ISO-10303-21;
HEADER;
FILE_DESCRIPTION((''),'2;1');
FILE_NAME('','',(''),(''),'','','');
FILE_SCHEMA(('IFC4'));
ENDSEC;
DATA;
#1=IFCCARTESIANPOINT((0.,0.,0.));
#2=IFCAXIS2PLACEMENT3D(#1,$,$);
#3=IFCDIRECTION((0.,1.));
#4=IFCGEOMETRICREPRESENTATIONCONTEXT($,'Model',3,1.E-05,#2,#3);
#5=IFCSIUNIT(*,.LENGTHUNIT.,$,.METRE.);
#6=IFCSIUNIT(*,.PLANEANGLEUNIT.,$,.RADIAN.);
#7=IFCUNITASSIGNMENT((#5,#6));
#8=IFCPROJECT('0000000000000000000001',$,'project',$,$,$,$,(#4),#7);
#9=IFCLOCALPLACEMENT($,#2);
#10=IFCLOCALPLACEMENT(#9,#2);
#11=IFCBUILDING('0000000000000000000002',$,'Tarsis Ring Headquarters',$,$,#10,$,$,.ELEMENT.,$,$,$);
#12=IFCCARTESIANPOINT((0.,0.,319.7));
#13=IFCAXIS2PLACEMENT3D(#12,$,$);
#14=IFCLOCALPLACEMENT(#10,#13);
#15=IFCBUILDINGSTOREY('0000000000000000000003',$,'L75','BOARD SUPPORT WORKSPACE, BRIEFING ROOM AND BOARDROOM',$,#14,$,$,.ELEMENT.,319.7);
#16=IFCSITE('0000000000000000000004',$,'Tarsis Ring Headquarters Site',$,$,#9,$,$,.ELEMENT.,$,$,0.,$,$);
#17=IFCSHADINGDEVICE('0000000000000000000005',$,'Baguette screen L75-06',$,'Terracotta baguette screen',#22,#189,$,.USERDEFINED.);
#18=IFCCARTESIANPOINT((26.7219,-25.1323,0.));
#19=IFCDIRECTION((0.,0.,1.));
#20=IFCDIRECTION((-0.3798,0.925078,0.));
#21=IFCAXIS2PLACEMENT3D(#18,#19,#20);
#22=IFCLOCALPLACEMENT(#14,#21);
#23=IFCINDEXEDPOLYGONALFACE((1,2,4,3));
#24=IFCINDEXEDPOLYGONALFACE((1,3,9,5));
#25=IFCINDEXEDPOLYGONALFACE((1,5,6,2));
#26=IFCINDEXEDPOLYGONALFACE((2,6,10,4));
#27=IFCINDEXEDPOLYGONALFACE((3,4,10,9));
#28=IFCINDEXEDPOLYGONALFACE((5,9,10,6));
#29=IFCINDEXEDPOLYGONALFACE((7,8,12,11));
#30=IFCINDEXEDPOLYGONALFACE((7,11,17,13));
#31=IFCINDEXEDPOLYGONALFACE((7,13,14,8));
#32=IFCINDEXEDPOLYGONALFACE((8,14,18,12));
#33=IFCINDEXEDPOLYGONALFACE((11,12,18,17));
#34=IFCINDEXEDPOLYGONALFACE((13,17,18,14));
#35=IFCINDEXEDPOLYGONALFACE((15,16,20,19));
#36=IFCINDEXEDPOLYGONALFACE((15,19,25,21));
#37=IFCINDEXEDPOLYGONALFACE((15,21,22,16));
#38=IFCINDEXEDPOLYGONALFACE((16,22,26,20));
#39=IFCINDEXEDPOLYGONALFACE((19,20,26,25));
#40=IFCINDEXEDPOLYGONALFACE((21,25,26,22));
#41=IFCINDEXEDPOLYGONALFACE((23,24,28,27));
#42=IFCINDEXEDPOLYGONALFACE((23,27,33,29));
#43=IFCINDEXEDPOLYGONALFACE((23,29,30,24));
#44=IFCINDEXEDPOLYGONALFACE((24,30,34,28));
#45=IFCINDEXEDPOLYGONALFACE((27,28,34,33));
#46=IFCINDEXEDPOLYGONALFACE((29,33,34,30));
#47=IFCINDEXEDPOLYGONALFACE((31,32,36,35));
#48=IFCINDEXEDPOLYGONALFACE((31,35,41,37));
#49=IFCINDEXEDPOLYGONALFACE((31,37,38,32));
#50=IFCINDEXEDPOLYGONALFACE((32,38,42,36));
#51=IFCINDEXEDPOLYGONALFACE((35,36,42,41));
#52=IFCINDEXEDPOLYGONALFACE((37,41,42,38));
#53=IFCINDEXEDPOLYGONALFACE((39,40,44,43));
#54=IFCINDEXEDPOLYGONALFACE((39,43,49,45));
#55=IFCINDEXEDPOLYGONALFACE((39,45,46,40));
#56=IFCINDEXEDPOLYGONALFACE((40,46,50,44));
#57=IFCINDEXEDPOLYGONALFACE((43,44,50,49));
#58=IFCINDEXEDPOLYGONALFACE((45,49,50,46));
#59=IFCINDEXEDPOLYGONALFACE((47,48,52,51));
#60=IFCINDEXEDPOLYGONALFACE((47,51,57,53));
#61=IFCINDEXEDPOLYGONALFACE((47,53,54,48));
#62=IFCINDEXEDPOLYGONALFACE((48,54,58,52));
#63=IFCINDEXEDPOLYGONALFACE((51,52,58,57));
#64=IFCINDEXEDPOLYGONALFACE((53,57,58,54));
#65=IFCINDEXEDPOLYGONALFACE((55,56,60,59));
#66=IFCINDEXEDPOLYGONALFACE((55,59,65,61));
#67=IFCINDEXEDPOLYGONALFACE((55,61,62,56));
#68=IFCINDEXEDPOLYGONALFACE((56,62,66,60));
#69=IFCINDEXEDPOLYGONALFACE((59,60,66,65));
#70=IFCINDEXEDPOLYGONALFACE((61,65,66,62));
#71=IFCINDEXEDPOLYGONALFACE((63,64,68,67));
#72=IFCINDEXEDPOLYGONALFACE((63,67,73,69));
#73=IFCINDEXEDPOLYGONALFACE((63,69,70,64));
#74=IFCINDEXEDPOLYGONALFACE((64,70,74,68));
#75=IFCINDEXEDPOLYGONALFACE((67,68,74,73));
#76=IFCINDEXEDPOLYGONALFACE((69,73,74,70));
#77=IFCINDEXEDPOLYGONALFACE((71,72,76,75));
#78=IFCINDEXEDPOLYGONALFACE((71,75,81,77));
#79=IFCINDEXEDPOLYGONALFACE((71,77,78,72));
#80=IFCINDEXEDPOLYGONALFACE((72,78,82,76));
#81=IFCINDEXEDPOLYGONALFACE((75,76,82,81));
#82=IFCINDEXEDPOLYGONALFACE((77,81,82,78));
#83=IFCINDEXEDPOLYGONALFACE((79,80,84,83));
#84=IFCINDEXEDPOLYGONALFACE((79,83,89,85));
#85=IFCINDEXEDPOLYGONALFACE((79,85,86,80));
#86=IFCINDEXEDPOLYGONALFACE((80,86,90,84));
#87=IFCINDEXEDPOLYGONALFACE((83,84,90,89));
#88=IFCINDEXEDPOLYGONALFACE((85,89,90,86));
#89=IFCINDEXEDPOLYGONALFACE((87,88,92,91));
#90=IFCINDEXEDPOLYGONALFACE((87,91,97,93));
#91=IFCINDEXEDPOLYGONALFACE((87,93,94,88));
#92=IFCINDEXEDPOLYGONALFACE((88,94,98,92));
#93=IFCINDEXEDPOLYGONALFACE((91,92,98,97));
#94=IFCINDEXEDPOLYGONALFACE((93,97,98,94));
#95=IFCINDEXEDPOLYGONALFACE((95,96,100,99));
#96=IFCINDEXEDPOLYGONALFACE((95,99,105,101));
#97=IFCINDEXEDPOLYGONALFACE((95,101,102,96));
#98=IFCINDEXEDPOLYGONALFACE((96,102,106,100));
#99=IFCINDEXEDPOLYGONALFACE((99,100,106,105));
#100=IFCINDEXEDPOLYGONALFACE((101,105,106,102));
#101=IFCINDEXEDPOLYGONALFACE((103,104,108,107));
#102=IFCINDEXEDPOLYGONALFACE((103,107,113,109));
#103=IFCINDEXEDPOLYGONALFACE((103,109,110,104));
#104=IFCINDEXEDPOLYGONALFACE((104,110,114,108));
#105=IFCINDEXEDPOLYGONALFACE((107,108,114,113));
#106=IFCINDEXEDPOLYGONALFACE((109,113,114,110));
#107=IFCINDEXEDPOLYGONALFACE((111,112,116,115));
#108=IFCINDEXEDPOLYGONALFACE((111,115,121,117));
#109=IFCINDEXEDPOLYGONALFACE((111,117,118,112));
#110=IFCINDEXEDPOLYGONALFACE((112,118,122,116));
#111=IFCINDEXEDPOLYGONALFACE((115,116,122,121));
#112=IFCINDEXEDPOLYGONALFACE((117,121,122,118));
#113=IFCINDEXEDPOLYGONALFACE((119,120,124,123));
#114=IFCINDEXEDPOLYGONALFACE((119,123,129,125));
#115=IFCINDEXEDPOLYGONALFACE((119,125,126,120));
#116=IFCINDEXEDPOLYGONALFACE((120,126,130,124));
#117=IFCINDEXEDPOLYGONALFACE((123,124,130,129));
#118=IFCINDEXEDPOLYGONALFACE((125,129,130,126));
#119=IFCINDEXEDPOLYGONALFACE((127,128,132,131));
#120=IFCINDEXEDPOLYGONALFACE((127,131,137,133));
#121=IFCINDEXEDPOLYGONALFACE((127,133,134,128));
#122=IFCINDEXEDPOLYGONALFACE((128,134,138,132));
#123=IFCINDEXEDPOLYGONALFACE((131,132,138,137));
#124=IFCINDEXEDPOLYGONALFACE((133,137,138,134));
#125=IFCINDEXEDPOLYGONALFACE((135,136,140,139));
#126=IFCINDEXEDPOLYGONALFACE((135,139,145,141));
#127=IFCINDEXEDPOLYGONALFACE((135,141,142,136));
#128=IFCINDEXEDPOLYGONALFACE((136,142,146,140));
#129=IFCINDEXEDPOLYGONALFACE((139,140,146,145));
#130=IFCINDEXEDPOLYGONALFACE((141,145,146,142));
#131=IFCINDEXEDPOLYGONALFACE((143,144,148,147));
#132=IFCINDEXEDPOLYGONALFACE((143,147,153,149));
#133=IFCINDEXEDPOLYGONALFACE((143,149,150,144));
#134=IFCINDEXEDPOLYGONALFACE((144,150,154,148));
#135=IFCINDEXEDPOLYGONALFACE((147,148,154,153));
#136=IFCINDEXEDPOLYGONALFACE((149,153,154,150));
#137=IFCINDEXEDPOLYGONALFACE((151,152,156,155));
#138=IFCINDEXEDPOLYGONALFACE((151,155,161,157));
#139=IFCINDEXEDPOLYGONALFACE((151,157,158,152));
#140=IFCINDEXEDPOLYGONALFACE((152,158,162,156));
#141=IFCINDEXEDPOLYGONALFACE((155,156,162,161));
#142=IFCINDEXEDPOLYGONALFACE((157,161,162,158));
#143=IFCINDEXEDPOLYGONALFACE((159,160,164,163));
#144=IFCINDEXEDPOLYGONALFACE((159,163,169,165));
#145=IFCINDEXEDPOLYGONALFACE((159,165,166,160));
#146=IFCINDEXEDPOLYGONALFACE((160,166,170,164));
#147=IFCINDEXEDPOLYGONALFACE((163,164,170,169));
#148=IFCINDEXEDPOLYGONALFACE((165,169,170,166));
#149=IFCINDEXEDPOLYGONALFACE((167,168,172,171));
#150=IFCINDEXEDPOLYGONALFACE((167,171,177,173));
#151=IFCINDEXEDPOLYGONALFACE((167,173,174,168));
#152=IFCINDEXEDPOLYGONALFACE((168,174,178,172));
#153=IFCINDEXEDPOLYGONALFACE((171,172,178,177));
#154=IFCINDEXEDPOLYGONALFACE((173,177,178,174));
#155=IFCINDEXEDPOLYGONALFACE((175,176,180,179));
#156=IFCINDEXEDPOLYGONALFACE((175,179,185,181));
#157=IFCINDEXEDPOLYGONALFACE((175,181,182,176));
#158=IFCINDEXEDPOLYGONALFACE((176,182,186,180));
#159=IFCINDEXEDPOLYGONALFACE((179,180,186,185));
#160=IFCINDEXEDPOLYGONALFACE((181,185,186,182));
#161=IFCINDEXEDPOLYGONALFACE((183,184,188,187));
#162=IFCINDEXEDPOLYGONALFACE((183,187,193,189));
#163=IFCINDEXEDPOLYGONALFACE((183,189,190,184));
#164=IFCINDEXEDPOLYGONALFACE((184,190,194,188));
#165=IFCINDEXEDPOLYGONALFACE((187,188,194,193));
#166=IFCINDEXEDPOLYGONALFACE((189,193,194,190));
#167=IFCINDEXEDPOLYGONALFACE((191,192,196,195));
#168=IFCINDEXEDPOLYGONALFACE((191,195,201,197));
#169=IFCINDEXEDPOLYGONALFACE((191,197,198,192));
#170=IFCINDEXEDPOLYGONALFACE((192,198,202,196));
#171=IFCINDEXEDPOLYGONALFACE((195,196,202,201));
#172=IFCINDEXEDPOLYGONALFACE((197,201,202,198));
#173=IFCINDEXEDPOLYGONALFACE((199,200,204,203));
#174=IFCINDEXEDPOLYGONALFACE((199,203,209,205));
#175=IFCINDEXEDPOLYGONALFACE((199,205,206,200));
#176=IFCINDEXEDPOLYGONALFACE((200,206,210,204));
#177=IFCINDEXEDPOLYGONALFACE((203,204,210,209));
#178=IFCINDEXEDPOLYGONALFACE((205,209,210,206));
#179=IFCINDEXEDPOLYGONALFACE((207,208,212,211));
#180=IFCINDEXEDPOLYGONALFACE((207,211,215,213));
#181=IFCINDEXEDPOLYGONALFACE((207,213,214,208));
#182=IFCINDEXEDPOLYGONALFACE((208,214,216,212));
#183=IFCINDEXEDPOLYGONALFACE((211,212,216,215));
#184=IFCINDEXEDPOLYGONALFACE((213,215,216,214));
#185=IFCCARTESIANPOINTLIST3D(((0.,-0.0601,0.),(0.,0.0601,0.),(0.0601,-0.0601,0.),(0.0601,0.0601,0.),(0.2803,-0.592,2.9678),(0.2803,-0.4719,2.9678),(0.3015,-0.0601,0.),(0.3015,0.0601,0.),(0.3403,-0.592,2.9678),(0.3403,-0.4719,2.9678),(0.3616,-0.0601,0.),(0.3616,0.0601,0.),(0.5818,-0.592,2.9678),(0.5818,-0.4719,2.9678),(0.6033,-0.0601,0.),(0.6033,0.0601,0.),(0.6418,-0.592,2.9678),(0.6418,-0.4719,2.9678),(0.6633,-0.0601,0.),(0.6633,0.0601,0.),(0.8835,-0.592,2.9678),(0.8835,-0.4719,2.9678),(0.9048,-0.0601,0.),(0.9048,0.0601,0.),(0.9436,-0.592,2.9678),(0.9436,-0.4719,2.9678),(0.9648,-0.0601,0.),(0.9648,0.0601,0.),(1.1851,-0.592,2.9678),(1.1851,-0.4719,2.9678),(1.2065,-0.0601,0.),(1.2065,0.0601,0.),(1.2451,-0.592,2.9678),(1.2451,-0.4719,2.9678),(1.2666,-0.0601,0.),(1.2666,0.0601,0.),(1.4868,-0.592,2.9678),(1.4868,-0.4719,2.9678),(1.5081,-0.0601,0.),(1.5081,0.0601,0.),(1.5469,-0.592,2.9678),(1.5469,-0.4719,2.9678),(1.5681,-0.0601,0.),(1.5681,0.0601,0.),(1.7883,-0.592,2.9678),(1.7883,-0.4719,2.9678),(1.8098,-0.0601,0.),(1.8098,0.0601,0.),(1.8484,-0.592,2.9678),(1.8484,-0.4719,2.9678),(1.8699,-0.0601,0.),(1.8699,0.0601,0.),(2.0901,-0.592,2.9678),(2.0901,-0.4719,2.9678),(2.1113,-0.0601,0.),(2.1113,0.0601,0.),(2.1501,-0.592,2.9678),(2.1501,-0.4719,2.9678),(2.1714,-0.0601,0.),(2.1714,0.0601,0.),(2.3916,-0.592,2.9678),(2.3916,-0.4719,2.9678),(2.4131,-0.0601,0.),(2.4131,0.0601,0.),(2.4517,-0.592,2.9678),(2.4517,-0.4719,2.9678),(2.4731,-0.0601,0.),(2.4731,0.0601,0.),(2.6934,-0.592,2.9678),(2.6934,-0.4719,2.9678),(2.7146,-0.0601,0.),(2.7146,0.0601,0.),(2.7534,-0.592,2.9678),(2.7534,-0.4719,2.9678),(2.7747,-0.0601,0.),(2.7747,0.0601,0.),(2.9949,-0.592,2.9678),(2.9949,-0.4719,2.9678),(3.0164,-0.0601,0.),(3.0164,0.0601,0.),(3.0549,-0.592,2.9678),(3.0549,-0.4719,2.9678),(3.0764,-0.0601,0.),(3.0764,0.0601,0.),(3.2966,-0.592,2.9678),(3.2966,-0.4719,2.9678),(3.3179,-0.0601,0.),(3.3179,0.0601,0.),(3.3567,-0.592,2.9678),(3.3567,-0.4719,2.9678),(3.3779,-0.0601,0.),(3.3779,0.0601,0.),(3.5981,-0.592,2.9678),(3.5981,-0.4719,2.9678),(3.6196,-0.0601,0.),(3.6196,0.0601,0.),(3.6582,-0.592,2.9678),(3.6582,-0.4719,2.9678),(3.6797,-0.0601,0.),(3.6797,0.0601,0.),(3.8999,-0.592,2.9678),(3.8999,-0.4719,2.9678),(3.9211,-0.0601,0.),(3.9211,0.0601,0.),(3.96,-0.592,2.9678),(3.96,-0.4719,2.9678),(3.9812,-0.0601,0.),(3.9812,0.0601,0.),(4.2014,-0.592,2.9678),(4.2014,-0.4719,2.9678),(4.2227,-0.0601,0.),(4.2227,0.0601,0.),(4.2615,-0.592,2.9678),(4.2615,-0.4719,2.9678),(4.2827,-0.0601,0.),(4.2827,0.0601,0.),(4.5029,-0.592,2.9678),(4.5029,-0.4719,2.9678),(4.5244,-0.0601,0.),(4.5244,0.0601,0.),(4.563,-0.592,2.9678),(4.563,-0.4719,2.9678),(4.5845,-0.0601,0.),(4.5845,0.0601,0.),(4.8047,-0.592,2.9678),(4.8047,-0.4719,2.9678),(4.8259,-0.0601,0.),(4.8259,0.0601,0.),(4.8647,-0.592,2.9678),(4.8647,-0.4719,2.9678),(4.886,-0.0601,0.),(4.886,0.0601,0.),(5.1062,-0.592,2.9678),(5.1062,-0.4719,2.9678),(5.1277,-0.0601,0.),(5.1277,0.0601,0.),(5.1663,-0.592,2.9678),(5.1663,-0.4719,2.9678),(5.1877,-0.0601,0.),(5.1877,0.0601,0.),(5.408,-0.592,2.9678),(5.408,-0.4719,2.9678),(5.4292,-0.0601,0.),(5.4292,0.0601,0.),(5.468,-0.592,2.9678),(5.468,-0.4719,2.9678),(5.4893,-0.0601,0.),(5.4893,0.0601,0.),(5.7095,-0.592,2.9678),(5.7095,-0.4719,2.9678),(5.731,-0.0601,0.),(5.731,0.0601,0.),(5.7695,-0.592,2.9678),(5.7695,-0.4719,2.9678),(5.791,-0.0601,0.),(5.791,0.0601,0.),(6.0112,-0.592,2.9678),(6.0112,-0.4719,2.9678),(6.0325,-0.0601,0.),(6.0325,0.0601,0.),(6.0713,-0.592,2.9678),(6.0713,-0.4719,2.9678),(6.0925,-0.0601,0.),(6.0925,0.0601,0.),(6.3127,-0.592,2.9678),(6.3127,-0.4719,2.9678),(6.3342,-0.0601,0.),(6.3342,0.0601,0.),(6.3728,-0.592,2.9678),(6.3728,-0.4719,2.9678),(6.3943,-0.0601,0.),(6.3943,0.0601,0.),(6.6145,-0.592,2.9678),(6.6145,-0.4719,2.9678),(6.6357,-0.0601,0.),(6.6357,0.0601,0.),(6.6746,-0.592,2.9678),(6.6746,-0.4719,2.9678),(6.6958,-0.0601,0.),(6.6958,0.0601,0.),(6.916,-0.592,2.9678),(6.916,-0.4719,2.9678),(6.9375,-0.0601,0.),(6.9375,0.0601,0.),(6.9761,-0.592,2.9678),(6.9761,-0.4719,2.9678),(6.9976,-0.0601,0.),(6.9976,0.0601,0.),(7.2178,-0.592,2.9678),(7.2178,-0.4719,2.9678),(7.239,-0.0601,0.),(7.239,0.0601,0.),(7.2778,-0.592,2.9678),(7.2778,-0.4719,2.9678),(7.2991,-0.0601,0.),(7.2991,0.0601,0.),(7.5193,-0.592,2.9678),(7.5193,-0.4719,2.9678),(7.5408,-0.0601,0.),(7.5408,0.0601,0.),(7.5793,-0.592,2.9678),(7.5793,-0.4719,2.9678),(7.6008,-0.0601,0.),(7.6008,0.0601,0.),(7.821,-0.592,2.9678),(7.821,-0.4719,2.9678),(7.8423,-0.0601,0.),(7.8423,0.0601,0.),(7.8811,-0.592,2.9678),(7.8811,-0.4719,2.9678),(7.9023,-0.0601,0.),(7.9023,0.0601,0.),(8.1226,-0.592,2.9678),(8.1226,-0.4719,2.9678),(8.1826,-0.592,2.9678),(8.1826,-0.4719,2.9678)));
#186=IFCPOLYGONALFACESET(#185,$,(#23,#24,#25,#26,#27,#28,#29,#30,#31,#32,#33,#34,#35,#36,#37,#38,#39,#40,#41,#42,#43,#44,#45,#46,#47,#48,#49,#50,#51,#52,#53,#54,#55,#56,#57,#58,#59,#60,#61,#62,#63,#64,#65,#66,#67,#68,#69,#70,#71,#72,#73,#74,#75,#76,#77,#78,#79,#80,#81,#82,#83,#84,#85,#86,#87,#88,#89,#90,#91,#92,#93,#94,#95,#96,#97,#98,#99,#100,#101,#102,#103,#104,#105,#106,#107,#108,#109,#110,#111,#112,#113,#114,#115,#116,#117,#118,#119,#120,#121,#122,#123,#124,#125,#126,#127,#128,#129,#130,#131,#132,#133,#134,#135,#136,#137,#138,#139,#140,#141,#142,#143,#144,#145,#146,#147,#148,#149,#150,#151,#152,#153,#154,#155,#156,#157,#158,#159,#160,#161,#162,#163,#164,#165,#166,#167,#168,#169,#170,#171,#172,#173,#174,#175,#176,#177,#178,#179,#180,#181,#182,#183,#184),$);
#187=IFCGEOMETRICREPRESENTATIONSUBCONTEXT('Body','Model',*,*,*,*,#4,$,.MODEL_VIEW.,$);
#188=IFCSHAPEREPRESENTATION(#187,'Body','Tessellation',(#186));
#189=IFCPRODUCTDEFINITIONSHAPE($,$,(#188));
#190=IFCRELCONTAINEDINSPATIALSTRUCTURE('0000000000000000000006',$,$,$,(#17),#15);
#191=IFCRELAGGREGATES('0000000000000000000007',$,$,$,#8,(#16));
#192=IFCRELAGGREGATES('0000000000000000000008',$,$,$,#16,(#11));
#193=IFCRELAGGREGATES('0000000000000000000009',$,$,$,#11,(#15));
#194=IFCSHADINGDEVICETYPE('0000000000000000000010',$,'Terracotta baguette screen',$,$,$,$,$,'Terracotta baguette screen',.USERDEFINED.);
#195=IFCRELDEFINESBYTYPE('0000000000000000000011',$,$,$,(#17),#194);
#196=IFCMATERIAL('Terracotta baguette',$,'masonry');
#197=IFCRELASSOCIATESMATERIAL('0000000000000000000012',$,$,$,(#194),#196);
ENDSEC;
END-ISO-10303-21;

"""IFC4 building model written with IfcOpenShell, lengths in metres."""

from ifc_helpers import new_model, si_unit, direction, frame, frame_2d, origin, place, context, subcontext, project, spatial, rectangle, composite_profile, extrude, material, type_object, element, save


model = new_model("IFC4")

# Units and contexts
model_context = context("Model", 3, precision=1e-05, world=origin(), true_north=direction((0.0, 1.0)))
body_context = subcontext(model_context, "Body", "Model", "MODEL_VIEW")
ifc_project = project(units=[si_unit("LENGTHUNIT", "METRE"), si_unit("PLANEANGLEUNIT", "RADIAN")], contexts=[model_context])

# Site, building, storey
site_placement = place(None, origin())
site = spatial("IfcSite", under=ifc_project, at=site_placement, Name="Tarsis Ring Headquarters Site", CompositionType="ELEMENT", RefElevation=0.0)
building_placement = place(site_placement, origin())
building = spatial("IfcBuilding", under=site, at=building_placement, Name="Tarsis Ring Headquarters", CompositionType="ELEMENT")
storey_placement = place(building_placement, frame((0.0, 0.0, 319.7)))
storey = spatial("IfcBuildingStorey", under=building, at=storey_placement, Name="L75", Description="BOARD SUPPORT WORKSPACE, BRIEFING ROOM AND BOARDROOM", CompositionType="ELEMENT", Elevation=319.7)

# Shading device
ifc_material_1 = material(Name="Terracotta baguette", Category="masonry")
shading_device_type_1 = type_object("IfcShadingDeviceType", Name="Terracotta baguette screen", ElementType="Terracotta baguette screen", PredefinedType="USERDEFINED", material=ifc_material_1)
shading_device_1_placement = place(storey_placement, frame((26.7219, -25.1323, 0.0), z_axis=(0.0, 0.0, 1.0), x_axis=(-0.3798, 0.925078, 0.0)))
element("IfcShadingDevice", 1, at=shading_device_1_placement, inside=storey, type_object=shading_device_type_1, Name="Baguette screen L75-06", ObjectType="Terracotta baguette screen", PredefinedType="USERDEFINED", context=body_context, shape_type="SweptSolid", body=[
    extrude(composite_profile([rectangle(XDim=0.0601, YDim=0.1201, at=frame_2d((0.03, 0.0))), rectangle(XDim=0.0601, YDim=0.1201, at=frame_2d((0.3315, 0.0))), rectangle(XDim=0.0601, YDim=0.1201, at=frame_2d((0.6333, 0.0))), rectangle(XDim=0.0601, YDim=0.1201, at=frame_2d((0.9348, 0.0))), rectangle(XDim=0.0601, YDim=0.1201, at=frame_2d((1.2366, 0.0))), rectangle(XDim=0.0601, YDim=0.1201, at=frame_2d((1.5381, 0.0))), rectangle(XDim=0.0601, YDim=0.1201, at=frame_2d((1.8398, 0.0))), rectangle(XDim=0.0601, YDim=0.1201, at=frame_2d((2.1414, 0.0))), rectangle(XDim=0.0601, YDim=0.1201, at=frame_2d((2.4431, 0.0))), rectangle(XDim=0.0601, YDim=0.1201, at=frame_2d((2.7446, 0.0))), rectangle(XDim=0.0601, YDim=0.1201, at=frame_2d((3.0464, 0.0))), rectangle(XDim=0.0601, YDim=0.1201, at=frame_2d((3.3479, 0.0))), rectangle(XDim=0.0601, YDim=0.1201, at=frame_2d((3.6497, 0.0))), rectangle(XDim=0.0601, YDim=0.1201, at=frame_2d((3.9512, 0.0))), rectangle(XDim=0.0601, YDim=0.1201, at=frame_2d((4.2527, 0.0))), rectangle(XDim=0.0601, YDim=0.1201, at=frame_2d((4.5544, 0.0))), rectangle(XDim=0.0601, YDim=0.1201, at=frame_2d((4.856, 0.0))), rectangle(XDim=0.0601, YDim=0.1201, at=frame_2d((5.1577, 0.0))), rectangle(XDim=0.0601, YDim=0.1201, at=frame_2d((5.4592, 0.0))), rectangle(XDim=0.0601, YDim=0.1201, at=frame_2d((5.761, 0.0))), rectangle(XDim=0.0601, YDim=0.1201, at=frame_2d((6.0625, 0.0))), rectangle(XDim=0.0601, YDim=0.1201, at=frame_2d((6.3643, 0.0))), rectangle(XDim=0.0601, YDim=0.1201, at=frame_2d((6.6658, 0.0))), rectangle(XDim=0.0601, YDim=0.1201, at=frame_2d((6.9675, 0.0))), rectangle(XDim=0.0601, YDim=0.1201, at=frame_2d((7.269, 0.0))), rectangle(XDim=0.0601, YDim=0.1201, at=frame_2d((7.5708, 0.0))), rectangle(XDim=0.0601, YDim=0.1201, at=frame_2d((7.8723, 0.0)))]), origin(), (0.092559, -0.175682, 0.980086), 3.0281),
])

save(model, "model.ifc")
